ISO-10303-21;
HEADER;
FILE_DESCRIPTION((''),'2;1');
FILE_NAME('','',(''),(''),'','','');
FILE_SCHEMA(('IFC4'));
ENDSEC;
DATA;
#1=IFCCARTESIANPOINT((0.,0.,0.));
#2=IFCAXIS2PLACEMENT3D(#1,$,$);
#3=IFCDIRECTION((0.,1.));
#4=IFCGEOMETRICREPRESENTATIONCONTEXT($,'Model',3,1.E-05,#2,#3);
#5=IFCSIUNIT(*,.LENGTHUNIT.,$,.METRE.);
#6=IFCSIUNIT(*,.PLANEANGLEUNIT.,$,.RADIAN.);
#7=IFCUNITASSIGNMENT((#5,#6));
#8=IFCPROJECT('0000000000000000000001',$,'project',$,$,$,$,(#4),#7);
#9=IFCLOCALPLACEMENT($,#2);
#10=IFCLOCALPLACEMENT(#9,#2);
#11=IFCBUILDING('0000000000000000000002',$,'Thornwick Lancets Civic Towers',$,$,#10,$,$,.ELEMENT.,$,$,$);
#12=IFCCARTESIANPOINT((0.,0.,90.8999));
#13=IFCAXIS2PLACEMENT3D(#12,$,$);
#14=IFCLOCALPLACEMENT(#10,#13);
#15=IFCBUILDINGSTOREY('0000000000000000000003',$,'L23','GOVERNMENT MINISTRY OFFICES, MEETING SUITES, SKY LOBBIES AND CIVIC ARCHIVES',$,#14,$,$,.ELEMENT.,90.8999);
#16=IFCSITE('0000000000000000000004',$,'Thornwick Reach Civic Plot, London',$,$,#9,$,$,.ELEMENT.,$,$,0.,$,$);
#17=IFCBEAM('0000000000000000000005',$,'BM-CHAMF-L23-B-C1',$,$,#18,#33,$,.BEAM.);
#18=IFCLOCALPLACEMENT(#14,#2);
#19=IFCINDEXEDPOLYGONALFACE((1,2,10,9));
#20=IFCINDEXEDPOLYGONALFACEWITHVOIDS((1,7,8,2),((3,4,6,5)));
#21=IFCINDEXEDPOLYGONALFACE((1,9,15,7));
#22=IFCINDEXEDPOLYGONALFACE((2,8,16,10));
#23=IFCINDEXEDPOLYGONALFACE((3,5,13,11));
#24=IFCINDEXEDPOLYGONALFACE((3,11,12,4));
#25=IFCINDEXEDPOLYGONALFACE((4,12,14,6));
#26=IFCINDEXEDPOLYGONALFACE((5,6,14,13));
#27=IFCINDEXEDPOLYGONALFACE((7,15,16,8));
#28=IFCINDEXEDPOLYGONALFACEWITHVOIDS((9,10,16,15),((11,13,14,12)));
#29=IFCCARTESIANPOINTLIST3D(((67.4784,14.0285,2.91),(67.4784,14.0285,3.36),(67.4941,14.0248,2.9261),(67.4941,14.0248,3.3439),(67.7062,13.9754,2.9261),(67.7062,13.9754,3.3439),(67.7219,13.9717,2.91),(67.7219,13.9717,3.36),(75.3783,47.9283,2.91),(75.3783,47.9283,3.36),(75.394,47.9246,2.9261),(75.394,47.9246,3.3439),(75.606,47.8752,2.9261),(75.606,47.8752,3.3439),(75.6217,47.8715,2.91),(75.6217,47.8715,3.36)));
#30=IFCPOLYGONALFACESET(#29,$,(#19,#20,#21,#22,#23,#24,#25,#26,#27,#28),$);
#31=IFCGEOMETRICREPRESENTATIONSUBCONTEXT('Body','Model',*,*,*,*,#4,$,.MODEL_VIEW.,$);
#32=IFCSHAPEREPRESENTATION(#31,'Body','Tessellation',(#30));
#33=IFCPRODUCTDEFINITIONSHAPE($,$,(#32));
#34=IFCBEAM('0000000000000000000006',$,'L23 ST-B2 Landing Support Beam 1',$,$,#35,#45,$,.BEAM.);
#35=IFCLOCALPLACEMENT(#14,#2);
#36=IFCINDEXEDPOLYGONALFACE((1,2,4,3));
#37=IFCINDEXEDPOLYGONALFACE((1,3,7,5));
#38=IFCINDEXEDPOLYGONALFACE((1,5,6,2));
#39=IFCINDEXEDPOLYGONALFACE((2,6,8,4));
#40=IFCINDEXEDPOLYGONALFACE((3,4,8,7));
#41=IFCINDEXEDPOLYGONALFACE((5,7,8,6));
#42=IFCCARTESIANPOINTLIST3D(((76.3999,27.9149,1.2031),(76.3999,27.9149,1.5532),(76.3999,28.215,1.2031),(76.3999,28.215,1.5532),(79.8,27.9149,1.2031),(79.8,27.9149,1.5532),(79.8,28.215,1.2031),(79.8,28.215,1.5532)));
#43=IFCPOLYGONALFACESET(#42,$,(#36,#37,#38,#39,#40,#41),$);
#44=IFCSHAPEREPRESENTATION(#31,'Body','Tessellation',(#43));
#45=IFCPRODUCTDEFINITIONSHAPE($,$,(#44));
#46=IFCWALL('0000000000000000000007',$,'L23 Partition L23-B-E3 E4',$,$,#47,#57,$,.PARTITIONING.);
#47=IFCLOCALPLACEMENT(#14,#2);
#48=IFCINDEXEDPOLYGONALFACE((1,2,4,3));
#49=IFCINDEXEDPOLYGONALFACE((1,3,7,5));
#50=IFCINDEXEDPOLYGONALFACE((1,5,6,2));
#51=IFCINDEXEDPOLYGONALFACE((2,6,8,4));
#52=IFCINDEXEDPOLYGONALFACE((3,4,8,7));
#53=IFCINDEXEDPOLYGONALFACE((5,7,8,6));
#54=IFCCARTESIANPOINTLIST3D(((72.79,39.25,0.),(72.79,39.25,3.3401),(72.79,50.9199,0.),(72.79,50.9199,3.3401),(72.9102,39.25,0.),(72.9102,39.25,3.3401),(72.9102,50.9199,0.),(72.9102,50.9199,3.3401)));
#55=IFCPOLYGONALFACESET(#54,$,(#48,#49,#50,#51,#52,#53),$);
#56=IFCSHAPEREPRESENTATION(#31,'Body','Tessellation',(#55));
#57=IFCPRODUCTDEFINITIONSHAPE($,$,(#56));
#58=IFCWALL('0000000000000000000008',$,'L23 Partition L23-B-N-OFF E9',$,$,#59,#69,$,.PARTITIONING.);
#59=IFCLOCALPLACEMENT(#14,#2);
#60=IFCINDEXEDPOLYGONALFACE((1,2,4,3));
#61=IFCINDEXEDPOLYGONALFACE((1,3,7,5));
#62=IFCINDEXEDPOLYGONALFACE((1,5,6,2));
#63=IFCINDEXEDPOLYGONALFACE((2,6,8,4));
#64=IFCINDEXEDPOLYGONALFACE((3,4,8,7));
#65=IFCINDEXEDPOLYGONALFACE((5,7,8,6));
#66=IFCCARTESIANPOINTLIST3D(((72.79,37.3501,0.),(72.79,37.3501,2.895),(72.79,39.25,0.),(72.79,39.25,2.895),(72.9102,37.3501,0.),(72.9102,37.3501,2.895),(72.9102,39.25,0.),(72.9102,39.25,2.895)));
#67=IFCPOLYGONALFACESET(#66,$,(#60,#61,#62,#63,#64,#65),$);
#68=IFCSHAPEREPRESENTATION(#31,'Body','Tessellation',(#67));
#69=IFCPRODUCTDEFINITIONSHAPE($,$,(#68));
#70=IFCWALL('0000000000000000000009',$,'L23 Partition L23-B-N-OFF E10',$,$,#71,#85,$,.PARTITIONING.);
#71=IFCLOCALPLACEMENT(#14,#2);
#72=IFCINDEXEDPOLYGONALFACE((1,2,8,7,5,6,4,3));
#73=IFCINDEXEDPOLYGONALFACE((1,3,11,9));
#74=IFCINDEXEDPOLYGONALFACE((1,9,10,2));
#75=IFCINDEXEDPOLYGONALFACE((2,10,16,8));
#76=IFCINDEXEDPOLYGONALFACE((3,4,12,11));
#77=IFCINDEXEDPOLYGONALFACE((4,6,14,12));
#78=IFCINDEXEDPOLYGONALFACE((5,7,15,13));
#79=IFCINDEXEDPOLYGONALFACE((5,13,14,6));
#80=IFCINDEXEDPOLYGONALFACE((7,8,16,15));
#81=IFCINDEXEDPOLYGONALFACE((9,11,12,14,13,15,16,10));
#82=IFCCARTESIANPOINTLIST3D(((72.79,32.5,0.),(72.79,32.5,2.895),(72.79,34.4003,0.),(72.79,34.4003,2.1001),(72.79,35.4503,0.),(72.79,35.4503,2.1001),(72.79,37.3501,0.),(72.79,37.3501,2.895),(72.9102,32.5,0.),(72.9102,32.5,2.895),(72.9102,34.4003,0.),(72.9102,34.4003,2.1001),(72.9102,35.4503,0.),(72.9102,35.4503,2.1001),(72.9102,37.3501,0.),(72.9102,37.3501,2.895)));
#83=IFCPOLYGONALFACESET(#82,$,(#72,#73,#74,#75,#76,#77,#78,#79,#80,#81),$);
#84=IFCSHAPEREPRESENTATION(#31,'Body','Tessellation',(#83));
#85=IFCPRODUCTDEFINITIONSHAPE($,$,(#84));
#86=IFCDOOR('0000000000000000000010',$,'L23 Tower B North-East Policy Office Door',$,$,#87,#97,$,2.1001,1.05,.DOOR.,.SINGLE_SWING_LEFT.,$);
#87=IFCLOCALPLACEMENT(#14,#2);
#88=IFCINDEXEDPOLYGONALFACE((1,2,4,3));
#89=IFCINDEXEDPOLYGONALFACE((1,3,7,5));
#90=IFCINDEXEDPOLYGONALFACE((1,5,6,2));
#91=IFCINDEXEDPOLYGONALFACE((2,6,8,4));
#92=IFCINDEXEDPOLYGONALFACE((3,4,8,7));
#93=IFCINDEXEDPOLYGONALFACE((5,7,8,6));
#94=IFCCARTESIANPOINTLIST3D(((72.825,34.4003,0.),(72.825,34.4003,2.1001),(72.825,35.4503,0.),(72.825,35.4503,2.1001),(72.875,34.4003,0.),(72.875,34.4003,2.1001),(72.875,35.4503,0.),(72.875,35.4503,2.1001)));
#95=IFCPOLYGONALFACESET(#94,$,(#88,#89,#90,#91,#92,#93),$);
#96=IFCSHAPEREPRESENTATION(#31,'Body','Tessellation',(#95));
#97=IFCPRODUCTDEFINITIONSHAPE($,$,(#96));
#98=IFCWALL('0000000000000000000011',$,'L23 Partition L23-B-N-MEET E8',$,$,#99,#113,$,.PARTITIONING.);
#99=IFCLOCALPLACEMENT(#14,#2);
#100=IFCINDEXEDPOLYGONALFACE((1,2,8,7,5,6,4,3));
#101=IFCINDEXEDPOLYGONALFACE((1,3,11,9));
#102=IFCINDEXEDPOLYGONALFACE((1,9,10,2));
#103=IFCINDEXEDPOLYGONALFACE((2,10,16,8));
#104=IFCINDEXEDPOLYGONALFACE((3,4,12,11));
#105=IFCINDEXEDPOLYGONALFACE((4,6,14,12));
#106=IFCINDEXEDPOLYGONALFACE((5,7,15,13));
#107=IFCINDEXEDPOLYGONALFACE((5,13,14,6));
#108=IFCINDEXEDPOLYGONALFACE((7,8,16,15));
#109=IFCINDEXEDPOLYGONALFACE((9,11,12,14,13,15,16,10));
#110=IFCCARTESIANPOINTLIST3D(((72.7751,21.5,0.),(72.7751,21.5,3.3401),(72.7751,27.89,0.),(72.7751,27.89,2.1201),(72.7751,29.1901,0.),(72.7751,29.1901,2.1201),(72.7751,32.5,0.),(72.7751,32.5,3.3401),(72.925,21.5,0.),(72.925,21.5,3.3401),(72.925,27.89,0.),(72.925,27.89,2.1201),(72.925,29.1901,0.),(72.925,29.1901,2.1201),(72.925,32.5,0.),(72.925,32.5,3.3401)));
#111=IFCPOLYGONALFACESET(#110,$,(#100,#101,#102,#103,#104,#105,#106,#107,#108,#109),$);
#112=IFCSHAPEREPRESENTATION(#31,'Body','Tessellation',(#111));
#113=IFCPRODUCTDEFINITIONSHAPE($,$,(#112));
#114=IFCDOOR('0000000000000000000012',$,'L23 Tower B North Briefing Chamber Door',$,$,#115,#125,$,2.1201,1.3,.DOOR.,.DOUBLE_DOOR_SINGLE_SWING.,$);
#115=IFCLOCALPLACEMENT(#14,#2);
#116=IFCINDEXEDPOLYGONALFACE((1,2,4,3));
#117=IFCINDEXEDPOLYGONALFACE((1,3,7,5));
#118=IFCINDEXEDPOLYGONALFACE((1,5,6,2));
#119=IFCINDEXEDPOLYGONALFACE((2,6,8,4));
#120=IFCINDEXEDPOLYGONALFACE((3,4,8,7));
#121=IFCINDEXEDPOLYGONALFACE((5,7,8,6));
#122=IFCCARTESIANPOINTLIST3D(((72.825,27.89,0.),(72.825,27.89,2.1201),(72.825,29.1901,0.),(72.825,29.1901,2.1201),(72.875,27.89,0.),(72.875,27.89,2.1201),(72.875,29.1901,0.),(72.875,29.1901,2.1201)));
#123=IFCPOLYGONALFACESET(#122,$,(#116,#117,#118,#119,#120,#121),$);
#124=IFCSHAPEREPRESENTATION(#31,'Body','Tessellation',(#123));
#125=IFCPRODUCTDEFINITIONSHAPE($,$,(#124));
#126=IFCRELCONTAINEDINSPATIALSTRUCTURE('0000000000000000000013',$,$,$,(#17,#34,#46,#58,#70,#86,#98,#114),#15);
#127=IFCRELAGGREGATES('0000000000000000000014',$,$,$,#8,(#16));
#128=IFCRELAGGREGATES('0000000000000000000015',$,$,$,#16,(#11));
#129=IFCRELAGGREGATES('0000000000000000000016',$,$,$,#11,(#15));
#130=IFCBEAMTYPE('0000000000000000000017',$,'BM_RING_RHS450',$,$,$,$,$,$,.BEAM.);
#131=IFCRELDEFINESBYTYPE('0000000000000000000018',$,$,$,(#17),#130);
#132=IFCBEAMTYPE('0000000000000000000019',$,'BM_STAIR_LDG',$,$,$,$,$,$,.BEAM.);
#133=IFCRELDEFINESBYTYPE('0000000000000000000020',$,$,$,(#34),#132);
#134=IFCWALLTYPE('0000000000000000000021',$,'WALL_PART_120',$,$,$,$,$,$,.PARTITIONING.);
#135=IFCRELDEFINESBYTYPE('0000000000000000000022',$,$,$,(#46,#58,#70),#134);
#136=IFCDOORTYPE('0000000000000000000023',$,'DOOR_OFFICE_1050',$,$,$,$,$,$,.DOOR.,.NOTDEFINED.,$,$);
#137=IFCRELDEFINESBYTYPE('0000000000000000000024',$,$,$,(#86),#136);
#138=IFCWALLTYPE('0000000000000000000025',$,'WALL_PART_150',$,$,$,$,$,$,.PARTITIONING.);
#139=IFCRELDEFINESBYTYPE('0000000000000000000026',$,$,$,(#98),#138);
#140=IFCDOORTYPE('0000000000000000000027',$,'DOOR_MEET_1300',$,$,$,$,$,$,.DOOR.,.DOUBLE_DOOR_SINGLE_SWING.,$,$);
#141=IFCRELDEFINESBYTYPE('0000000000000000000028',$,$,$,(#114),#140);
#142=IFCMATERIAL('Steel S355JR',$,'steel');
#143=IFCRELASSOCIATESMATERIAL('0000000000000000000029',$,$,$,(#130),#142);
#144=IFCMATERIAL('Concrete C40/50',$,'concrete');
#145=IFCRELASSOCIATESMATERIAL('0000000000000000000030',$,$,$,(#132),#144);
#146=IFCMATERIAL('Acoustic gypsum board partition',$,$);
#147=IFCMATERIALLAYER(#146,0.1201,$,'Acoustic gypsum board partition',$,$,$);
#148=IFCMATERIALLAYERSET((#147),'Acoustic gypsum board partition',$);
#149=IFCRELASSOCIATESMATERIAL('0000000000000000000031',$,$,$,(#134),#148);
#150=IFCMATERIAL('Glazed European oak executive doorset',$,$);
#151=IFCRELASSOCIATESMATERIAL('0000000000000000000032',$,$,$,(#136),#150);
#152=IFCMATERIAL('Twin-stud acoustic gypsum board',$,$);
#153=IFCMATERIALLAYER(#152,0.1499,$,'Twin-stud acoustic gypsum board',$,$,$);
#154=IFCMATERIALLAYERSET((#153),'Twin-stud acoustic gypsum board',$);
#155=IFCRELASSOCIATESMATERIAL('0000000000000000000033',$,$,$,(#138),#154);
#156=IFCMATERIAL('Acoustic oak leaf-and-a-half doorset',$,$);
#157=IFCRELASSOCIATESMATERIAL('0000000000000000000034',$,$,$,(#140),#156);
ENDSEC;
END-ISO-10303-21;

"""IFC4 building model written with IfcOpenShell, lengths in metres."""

from ifc_helpers import new_model, si_unit, direction, frame, frame_2d, origin, origin_2d, place, context, subcontext, project, spatial, rectangle, hollow_rectangle, extrude, material, layer, layer_set, material_profile, profile_set, type_object, element, fill, save


model = new_model("IFC4")

# Units and contexts
model_context = context("Model", 3, precision=1e-05, world=origin(), true_north=direction((0.0, 1.0)))
body_context = subcontext(model_context, "Body", "Model", "MODEL_VIEW")
ifc_project = project(units=[si_unit("LENGTHUNIT", "METRE"), si_unit("PLANEANGLEUNIT", "RADIAN")], contexts=[model_context])

# Site, building, storey
site_placement = place(None, origin())
site = spatial("IfcSite", under=ifc_project, at=site_placement, Name="Thornwick Reach Civic Plot, London", CompositionType="ELEMENT", RefElevation=0.0)
building_placement = place(site_placement, origin())
building = spatial("IfcBuilding", under=site, at=building_placement, Name="Thornwick Lancets Civic Towers", CompositionType="ELEMENT")
storey_placement = place(building_placement, frame((0.0, 0.0, 90.8999)))
storey = spatial("IfcBuildingStorey", under=building, at=storey_placement, Name="L23", Description="GOVERNMENT MINISTRY OFFICES, MEETING SUITES, SKY LOBBIES AND CIVIC ARCHIVES", CompositionType="ELEMENT", Elevation=90.8999)

# Beams
ifc_material_1 = material(Name="Steel S355JR", Category="steel")
ifc_material_profile_1 = material_profile(ifc_material_1, hollow_rectangle(XDim=0.25, YDim=0.45, WallThickness=0.0161, at=origin_2d()), Name="RHS 450x250x16")
ifc_profile_set_1 = profile_set([ifc_material_profile_1], Name="Steel S355JR")
beam_type_1 = type_object("IfcBeamType", Name="BM_RING_RHS450", PredefinedType="BEAM", material=ifc_profile_set_1)
beam_1_placement = place(storey_placement, frame((75.5, 47.8999, 3.135), z_axis=(-0.226955, -0.973905, 0.0), x_axis=(0.973905, -0.226955, 0.0)))
element("IfcBeam", 1, at=beam_1_placement, inside=storey, type_object=beam_type_1, Name="BM-CHAMF-L23-B-C1", PredefinedType="BEAM", context=body_context, shape_type="SweptSolid", body=[
    extrude(hollow_rectangle(XDim=0.25, YDim=0.45, WallThickness=0.0161, at=origin_2d()), origin(), (0.0, 0.0, 1.0), 34.8081),
])
ifc_material_2 = material(Name="Concrete C40/50", Category="concrete")
ifc_material_profile_2 = material_profile(ifc_material_2, rectangle(XDim=0.3, YDim=0.3501, at=origin_2d()), Name="RC 300x350")
ifc_profile_set_2 = profile_set([ifc_material_profile_2], Name="Concrete C40/50")
beam_type_2 = type_object("IfcBeamType", Name="BM_STAIR_LDG", PredefinedType="BEAM", material=ifc_profile_set_2)
beam_2_placement = place(storey_placement, frame((76.3999, 28.0649, 1.3782), z_axis=(1.0, 0.0, 0.0), x_axis=(0.0, 1.0, 0.0)))
element("IfcBeam", 2, at=beam_2_placement, inside=storey, type_object=beam_type_2, Name="L23 ST-B2 Landing Support Beam 1", PredefinedType="BEAM", context=body_context, shape_type="SweptSolid", body=[
    extrude(rectangle(XDim=0.3, YDim=0.3501, at=origin_2d()), origin(), (0.0, 0.0, 1.0), 3.4001),
])

# Walls
ifc_material_3 = material(Name="Acoustic gypsum board partition")
ifc_layer_1 = layer(ifc_material_3, 0.1201, Name="Acoustic gypsum board partition")
ifc_layer_set_1 = layer_set([ifc_layer_1], Name="Acoustic gypsum board partition")
wall_type_1 = type_object("IfcWallType", Name="WALL_PART_120", PredefinedType="PARTITIONING", material=ifc_layer_set_1)
wall_1_placement = place(storey_placement, frame((72.8501, 39.25, 0.0), z_axis=(0.0, 0.0, 1.0), x_axis=(0.0, 1.0, 0.0)))
element("IfcWall", 3, at=wall_1_placement, inside=storey, type_object=wall_type_1, Name="L23 Partition L23-B-E3 E4", PredefinedType="PARTITIONING", context=body_context, shape_type="SweptSolid", body=[
    extrude(rectangle(XDim=11.6699, YDim=0.1201, at=frame_2d((5.835, 0.0))), origin(), (0.0, 0.0, 1.0), 3.3401),
])
wall_2_placement = place(storey_placement, frame((72.8501, 39.25, 0.0), z_axis=(0.0, 0.0, 1.0), x_axis=(0.0, -1.0, 0.0)))
element("IfcWall", 4, at=wall_2_placement, inside=storey, type_object=wall_type_1, Name="L23 Partition L23-B-N-OFF E9", PredefinedType="PARTITIONING", context=body_context, shape_type="SweptSolid", body=[
    extrude(rectangle(XDim=1.8999, YDim=0.1201, at=frame_2d((0.95, 0.0))), origin(), (0.0, 0.0, 1.0), 2.895),
])

# Wall, opening, door
wall_3_placement = place(storey_placement, frame((72.8501, 37.3501, 0.0), z_axis=(0.0, 0.0, 1.0), x_axis=(0.0, -1.0, 0.0)))
wall_3 = element("IfcWall", 5, at=wall_3_placement, inside=storey, type_object=wall_type_1, Name="L23 Partition L23-B-N-OFF E10", PredefinedType="PARTITIONING", context=body_context, shape_type="SweptSolid", body=[
    extrude(rectangle(XDim=4.8501, YDim=0.1201, at=frame_2d((2.425, 0.0))), origin(), (0.0, 0.0, 1.0), 2.895),
])
opening_1_placement = place(wall_3_placement, frame((1.8999, 0.0, 0.0)))
opening_1 = element("IfcOpeningElement", 6, at=opening_1_placement, cuts=wall_3, PredefinedType="OPENING", context=body_context, shape_type="SweptSolid", body=[
    extrude(rectangle(XDim=1.05, YDim=2.1001, at=frame_2d((0.5249, 1.05))), frame((0.0, 0.0701, 0.0), z_axis=(0.0, -1.0, 0.0), x_axis=(1.0, 0.0, 0.0)), (0.0, 0.0, 1.0), 0.1401),
])
ifc_material_4 = material(Name="Glazed European oak executive doorset")
door_type_1 = type_object("IfcDoorType", Name="DOOR_OFFICE_1050", OperationType="NOTDEFINED", PredefinedType="DOOR", material=ifc_material_4)
door_1_placement = place(opening_1_placement, origin())
door_1 = element("IfcDoor", 7, at=door_1_placement, inside=storey, type_object=door_type_1, Name="L23 Tower B North-East Policy Office Door", OperationType="SINGLE_SWING_LEFT", OverallHeight=2.1001, OverallWidth=1.05, PredefinedType="DOOR", context=body_context, shape_type="SweptSolid", body=[
    extrude(rectangle(XDim=1.05, YDim=2.1001, at=frame_2d((0.5249, 1.05))), frame((0.0, 0.0249, 0.0), z_axis=(0.0, -1.0, 0.0), x_axis=(1.0, 0.0, 0.0)), (0.0, 0.0, 1.0), 0.05),
])
fill(opening_1, door_1)

# Shared definitions
ifc_material_5 = material(Name="Twin-stud acoustic gypsum board")
ifc_layer_2 = layer(ifc_material_5, 0.1499, Name="Twin-stud acoustic gypsum board")
ifc_layer_set_2 = layer_set([ifc_layer_2], Name="Twin-stud acoustic gypsum board")
wall_type_2 = type_object("IfcWallType", Name="WALL_PART_150", PredefinedType="PARTITIONING", material=ifc_layer_set_2)

# Wall, opening, door
wall_4_placement = place(storey_placement, frame((72.8501, 32.5, 0.0), z_axis=(0.0, 0.0, 1.0), x_axis=(0.0, -1.0, 0.0)))
wall_4 = element("IfcWall", 8, at=wall_4_placement, inside=storey, type_object=wall_type_2, Name="L23 Partition L23-B-N-MEET E8", PredefinedType="PARTITIONING", context=body_context, shape_type="SweptSolid", body=[
    extrude(rectangle(XDim=11.0, YDim=0.1499, at=frame_2d((5.5, 0.0))), origin(), (0.0, 0.0, 1.0), 3.3401),
])
opening_2_placement = place(wall_4_placement, frame((3.3101, 0.0, 0.0)))
opening_2 = element("IfcOpeningElement", 9, at=opening_2_placement, cuts=wall_4, PredefinedType="OPENING", context=body_context, shape_type="SweptSolid", body=[
    extrude(rectangle(XDim=1.3, YDim=2.1201, at=frame_2d((0.6499, 1.0601))), frame((0.0, 0.085, 0.0), z_axis=(0.0, -1.0, 0.0), x_axis=(1.0, 0.0, 0.0)), (0.0, 0.0, 1.0), 0.1699),
])
ifc_material_6 = material(Name="Acoustic oak leaf-and-a-half doorset")
door_type_2 = type_object("IfcDoorType", Name="DOOR_MEET_1300", OperationType="DOUBLE_DOOR_SINGLE_SWING", PredefinedType="DOOR", material=ifc_material_6)
door_2_placement = place(opening_2_placement, origin())
door_2 = element("IfcDoor", 10, at=door_2_placement, inside=storey, type_object=door_type_2, Name="L23 Tower B North Briefing Chamber Door", OperationType="DOUBLE_DOOR_SINGLE_SWING", OverallHeight=2.1201, OverallWidth=1.3, PredefinedType="DOOR", context=body_context, shape_type="SweptSolid", body=[
    extrude(rectangle(XDim=1.3, YDim=2.1201, at=frame_2d((0.6499, 1.0601))), frame((0.0, 0.0249, 0.0), z_axis=(0.0, -1.0, 0.0), x_axis=(1.0, 0.0, 0.0)), (0.0, 0.0, 1.0), 0.05),
])
fill(opening_2, door_2)

save(model, "model.ifc")
